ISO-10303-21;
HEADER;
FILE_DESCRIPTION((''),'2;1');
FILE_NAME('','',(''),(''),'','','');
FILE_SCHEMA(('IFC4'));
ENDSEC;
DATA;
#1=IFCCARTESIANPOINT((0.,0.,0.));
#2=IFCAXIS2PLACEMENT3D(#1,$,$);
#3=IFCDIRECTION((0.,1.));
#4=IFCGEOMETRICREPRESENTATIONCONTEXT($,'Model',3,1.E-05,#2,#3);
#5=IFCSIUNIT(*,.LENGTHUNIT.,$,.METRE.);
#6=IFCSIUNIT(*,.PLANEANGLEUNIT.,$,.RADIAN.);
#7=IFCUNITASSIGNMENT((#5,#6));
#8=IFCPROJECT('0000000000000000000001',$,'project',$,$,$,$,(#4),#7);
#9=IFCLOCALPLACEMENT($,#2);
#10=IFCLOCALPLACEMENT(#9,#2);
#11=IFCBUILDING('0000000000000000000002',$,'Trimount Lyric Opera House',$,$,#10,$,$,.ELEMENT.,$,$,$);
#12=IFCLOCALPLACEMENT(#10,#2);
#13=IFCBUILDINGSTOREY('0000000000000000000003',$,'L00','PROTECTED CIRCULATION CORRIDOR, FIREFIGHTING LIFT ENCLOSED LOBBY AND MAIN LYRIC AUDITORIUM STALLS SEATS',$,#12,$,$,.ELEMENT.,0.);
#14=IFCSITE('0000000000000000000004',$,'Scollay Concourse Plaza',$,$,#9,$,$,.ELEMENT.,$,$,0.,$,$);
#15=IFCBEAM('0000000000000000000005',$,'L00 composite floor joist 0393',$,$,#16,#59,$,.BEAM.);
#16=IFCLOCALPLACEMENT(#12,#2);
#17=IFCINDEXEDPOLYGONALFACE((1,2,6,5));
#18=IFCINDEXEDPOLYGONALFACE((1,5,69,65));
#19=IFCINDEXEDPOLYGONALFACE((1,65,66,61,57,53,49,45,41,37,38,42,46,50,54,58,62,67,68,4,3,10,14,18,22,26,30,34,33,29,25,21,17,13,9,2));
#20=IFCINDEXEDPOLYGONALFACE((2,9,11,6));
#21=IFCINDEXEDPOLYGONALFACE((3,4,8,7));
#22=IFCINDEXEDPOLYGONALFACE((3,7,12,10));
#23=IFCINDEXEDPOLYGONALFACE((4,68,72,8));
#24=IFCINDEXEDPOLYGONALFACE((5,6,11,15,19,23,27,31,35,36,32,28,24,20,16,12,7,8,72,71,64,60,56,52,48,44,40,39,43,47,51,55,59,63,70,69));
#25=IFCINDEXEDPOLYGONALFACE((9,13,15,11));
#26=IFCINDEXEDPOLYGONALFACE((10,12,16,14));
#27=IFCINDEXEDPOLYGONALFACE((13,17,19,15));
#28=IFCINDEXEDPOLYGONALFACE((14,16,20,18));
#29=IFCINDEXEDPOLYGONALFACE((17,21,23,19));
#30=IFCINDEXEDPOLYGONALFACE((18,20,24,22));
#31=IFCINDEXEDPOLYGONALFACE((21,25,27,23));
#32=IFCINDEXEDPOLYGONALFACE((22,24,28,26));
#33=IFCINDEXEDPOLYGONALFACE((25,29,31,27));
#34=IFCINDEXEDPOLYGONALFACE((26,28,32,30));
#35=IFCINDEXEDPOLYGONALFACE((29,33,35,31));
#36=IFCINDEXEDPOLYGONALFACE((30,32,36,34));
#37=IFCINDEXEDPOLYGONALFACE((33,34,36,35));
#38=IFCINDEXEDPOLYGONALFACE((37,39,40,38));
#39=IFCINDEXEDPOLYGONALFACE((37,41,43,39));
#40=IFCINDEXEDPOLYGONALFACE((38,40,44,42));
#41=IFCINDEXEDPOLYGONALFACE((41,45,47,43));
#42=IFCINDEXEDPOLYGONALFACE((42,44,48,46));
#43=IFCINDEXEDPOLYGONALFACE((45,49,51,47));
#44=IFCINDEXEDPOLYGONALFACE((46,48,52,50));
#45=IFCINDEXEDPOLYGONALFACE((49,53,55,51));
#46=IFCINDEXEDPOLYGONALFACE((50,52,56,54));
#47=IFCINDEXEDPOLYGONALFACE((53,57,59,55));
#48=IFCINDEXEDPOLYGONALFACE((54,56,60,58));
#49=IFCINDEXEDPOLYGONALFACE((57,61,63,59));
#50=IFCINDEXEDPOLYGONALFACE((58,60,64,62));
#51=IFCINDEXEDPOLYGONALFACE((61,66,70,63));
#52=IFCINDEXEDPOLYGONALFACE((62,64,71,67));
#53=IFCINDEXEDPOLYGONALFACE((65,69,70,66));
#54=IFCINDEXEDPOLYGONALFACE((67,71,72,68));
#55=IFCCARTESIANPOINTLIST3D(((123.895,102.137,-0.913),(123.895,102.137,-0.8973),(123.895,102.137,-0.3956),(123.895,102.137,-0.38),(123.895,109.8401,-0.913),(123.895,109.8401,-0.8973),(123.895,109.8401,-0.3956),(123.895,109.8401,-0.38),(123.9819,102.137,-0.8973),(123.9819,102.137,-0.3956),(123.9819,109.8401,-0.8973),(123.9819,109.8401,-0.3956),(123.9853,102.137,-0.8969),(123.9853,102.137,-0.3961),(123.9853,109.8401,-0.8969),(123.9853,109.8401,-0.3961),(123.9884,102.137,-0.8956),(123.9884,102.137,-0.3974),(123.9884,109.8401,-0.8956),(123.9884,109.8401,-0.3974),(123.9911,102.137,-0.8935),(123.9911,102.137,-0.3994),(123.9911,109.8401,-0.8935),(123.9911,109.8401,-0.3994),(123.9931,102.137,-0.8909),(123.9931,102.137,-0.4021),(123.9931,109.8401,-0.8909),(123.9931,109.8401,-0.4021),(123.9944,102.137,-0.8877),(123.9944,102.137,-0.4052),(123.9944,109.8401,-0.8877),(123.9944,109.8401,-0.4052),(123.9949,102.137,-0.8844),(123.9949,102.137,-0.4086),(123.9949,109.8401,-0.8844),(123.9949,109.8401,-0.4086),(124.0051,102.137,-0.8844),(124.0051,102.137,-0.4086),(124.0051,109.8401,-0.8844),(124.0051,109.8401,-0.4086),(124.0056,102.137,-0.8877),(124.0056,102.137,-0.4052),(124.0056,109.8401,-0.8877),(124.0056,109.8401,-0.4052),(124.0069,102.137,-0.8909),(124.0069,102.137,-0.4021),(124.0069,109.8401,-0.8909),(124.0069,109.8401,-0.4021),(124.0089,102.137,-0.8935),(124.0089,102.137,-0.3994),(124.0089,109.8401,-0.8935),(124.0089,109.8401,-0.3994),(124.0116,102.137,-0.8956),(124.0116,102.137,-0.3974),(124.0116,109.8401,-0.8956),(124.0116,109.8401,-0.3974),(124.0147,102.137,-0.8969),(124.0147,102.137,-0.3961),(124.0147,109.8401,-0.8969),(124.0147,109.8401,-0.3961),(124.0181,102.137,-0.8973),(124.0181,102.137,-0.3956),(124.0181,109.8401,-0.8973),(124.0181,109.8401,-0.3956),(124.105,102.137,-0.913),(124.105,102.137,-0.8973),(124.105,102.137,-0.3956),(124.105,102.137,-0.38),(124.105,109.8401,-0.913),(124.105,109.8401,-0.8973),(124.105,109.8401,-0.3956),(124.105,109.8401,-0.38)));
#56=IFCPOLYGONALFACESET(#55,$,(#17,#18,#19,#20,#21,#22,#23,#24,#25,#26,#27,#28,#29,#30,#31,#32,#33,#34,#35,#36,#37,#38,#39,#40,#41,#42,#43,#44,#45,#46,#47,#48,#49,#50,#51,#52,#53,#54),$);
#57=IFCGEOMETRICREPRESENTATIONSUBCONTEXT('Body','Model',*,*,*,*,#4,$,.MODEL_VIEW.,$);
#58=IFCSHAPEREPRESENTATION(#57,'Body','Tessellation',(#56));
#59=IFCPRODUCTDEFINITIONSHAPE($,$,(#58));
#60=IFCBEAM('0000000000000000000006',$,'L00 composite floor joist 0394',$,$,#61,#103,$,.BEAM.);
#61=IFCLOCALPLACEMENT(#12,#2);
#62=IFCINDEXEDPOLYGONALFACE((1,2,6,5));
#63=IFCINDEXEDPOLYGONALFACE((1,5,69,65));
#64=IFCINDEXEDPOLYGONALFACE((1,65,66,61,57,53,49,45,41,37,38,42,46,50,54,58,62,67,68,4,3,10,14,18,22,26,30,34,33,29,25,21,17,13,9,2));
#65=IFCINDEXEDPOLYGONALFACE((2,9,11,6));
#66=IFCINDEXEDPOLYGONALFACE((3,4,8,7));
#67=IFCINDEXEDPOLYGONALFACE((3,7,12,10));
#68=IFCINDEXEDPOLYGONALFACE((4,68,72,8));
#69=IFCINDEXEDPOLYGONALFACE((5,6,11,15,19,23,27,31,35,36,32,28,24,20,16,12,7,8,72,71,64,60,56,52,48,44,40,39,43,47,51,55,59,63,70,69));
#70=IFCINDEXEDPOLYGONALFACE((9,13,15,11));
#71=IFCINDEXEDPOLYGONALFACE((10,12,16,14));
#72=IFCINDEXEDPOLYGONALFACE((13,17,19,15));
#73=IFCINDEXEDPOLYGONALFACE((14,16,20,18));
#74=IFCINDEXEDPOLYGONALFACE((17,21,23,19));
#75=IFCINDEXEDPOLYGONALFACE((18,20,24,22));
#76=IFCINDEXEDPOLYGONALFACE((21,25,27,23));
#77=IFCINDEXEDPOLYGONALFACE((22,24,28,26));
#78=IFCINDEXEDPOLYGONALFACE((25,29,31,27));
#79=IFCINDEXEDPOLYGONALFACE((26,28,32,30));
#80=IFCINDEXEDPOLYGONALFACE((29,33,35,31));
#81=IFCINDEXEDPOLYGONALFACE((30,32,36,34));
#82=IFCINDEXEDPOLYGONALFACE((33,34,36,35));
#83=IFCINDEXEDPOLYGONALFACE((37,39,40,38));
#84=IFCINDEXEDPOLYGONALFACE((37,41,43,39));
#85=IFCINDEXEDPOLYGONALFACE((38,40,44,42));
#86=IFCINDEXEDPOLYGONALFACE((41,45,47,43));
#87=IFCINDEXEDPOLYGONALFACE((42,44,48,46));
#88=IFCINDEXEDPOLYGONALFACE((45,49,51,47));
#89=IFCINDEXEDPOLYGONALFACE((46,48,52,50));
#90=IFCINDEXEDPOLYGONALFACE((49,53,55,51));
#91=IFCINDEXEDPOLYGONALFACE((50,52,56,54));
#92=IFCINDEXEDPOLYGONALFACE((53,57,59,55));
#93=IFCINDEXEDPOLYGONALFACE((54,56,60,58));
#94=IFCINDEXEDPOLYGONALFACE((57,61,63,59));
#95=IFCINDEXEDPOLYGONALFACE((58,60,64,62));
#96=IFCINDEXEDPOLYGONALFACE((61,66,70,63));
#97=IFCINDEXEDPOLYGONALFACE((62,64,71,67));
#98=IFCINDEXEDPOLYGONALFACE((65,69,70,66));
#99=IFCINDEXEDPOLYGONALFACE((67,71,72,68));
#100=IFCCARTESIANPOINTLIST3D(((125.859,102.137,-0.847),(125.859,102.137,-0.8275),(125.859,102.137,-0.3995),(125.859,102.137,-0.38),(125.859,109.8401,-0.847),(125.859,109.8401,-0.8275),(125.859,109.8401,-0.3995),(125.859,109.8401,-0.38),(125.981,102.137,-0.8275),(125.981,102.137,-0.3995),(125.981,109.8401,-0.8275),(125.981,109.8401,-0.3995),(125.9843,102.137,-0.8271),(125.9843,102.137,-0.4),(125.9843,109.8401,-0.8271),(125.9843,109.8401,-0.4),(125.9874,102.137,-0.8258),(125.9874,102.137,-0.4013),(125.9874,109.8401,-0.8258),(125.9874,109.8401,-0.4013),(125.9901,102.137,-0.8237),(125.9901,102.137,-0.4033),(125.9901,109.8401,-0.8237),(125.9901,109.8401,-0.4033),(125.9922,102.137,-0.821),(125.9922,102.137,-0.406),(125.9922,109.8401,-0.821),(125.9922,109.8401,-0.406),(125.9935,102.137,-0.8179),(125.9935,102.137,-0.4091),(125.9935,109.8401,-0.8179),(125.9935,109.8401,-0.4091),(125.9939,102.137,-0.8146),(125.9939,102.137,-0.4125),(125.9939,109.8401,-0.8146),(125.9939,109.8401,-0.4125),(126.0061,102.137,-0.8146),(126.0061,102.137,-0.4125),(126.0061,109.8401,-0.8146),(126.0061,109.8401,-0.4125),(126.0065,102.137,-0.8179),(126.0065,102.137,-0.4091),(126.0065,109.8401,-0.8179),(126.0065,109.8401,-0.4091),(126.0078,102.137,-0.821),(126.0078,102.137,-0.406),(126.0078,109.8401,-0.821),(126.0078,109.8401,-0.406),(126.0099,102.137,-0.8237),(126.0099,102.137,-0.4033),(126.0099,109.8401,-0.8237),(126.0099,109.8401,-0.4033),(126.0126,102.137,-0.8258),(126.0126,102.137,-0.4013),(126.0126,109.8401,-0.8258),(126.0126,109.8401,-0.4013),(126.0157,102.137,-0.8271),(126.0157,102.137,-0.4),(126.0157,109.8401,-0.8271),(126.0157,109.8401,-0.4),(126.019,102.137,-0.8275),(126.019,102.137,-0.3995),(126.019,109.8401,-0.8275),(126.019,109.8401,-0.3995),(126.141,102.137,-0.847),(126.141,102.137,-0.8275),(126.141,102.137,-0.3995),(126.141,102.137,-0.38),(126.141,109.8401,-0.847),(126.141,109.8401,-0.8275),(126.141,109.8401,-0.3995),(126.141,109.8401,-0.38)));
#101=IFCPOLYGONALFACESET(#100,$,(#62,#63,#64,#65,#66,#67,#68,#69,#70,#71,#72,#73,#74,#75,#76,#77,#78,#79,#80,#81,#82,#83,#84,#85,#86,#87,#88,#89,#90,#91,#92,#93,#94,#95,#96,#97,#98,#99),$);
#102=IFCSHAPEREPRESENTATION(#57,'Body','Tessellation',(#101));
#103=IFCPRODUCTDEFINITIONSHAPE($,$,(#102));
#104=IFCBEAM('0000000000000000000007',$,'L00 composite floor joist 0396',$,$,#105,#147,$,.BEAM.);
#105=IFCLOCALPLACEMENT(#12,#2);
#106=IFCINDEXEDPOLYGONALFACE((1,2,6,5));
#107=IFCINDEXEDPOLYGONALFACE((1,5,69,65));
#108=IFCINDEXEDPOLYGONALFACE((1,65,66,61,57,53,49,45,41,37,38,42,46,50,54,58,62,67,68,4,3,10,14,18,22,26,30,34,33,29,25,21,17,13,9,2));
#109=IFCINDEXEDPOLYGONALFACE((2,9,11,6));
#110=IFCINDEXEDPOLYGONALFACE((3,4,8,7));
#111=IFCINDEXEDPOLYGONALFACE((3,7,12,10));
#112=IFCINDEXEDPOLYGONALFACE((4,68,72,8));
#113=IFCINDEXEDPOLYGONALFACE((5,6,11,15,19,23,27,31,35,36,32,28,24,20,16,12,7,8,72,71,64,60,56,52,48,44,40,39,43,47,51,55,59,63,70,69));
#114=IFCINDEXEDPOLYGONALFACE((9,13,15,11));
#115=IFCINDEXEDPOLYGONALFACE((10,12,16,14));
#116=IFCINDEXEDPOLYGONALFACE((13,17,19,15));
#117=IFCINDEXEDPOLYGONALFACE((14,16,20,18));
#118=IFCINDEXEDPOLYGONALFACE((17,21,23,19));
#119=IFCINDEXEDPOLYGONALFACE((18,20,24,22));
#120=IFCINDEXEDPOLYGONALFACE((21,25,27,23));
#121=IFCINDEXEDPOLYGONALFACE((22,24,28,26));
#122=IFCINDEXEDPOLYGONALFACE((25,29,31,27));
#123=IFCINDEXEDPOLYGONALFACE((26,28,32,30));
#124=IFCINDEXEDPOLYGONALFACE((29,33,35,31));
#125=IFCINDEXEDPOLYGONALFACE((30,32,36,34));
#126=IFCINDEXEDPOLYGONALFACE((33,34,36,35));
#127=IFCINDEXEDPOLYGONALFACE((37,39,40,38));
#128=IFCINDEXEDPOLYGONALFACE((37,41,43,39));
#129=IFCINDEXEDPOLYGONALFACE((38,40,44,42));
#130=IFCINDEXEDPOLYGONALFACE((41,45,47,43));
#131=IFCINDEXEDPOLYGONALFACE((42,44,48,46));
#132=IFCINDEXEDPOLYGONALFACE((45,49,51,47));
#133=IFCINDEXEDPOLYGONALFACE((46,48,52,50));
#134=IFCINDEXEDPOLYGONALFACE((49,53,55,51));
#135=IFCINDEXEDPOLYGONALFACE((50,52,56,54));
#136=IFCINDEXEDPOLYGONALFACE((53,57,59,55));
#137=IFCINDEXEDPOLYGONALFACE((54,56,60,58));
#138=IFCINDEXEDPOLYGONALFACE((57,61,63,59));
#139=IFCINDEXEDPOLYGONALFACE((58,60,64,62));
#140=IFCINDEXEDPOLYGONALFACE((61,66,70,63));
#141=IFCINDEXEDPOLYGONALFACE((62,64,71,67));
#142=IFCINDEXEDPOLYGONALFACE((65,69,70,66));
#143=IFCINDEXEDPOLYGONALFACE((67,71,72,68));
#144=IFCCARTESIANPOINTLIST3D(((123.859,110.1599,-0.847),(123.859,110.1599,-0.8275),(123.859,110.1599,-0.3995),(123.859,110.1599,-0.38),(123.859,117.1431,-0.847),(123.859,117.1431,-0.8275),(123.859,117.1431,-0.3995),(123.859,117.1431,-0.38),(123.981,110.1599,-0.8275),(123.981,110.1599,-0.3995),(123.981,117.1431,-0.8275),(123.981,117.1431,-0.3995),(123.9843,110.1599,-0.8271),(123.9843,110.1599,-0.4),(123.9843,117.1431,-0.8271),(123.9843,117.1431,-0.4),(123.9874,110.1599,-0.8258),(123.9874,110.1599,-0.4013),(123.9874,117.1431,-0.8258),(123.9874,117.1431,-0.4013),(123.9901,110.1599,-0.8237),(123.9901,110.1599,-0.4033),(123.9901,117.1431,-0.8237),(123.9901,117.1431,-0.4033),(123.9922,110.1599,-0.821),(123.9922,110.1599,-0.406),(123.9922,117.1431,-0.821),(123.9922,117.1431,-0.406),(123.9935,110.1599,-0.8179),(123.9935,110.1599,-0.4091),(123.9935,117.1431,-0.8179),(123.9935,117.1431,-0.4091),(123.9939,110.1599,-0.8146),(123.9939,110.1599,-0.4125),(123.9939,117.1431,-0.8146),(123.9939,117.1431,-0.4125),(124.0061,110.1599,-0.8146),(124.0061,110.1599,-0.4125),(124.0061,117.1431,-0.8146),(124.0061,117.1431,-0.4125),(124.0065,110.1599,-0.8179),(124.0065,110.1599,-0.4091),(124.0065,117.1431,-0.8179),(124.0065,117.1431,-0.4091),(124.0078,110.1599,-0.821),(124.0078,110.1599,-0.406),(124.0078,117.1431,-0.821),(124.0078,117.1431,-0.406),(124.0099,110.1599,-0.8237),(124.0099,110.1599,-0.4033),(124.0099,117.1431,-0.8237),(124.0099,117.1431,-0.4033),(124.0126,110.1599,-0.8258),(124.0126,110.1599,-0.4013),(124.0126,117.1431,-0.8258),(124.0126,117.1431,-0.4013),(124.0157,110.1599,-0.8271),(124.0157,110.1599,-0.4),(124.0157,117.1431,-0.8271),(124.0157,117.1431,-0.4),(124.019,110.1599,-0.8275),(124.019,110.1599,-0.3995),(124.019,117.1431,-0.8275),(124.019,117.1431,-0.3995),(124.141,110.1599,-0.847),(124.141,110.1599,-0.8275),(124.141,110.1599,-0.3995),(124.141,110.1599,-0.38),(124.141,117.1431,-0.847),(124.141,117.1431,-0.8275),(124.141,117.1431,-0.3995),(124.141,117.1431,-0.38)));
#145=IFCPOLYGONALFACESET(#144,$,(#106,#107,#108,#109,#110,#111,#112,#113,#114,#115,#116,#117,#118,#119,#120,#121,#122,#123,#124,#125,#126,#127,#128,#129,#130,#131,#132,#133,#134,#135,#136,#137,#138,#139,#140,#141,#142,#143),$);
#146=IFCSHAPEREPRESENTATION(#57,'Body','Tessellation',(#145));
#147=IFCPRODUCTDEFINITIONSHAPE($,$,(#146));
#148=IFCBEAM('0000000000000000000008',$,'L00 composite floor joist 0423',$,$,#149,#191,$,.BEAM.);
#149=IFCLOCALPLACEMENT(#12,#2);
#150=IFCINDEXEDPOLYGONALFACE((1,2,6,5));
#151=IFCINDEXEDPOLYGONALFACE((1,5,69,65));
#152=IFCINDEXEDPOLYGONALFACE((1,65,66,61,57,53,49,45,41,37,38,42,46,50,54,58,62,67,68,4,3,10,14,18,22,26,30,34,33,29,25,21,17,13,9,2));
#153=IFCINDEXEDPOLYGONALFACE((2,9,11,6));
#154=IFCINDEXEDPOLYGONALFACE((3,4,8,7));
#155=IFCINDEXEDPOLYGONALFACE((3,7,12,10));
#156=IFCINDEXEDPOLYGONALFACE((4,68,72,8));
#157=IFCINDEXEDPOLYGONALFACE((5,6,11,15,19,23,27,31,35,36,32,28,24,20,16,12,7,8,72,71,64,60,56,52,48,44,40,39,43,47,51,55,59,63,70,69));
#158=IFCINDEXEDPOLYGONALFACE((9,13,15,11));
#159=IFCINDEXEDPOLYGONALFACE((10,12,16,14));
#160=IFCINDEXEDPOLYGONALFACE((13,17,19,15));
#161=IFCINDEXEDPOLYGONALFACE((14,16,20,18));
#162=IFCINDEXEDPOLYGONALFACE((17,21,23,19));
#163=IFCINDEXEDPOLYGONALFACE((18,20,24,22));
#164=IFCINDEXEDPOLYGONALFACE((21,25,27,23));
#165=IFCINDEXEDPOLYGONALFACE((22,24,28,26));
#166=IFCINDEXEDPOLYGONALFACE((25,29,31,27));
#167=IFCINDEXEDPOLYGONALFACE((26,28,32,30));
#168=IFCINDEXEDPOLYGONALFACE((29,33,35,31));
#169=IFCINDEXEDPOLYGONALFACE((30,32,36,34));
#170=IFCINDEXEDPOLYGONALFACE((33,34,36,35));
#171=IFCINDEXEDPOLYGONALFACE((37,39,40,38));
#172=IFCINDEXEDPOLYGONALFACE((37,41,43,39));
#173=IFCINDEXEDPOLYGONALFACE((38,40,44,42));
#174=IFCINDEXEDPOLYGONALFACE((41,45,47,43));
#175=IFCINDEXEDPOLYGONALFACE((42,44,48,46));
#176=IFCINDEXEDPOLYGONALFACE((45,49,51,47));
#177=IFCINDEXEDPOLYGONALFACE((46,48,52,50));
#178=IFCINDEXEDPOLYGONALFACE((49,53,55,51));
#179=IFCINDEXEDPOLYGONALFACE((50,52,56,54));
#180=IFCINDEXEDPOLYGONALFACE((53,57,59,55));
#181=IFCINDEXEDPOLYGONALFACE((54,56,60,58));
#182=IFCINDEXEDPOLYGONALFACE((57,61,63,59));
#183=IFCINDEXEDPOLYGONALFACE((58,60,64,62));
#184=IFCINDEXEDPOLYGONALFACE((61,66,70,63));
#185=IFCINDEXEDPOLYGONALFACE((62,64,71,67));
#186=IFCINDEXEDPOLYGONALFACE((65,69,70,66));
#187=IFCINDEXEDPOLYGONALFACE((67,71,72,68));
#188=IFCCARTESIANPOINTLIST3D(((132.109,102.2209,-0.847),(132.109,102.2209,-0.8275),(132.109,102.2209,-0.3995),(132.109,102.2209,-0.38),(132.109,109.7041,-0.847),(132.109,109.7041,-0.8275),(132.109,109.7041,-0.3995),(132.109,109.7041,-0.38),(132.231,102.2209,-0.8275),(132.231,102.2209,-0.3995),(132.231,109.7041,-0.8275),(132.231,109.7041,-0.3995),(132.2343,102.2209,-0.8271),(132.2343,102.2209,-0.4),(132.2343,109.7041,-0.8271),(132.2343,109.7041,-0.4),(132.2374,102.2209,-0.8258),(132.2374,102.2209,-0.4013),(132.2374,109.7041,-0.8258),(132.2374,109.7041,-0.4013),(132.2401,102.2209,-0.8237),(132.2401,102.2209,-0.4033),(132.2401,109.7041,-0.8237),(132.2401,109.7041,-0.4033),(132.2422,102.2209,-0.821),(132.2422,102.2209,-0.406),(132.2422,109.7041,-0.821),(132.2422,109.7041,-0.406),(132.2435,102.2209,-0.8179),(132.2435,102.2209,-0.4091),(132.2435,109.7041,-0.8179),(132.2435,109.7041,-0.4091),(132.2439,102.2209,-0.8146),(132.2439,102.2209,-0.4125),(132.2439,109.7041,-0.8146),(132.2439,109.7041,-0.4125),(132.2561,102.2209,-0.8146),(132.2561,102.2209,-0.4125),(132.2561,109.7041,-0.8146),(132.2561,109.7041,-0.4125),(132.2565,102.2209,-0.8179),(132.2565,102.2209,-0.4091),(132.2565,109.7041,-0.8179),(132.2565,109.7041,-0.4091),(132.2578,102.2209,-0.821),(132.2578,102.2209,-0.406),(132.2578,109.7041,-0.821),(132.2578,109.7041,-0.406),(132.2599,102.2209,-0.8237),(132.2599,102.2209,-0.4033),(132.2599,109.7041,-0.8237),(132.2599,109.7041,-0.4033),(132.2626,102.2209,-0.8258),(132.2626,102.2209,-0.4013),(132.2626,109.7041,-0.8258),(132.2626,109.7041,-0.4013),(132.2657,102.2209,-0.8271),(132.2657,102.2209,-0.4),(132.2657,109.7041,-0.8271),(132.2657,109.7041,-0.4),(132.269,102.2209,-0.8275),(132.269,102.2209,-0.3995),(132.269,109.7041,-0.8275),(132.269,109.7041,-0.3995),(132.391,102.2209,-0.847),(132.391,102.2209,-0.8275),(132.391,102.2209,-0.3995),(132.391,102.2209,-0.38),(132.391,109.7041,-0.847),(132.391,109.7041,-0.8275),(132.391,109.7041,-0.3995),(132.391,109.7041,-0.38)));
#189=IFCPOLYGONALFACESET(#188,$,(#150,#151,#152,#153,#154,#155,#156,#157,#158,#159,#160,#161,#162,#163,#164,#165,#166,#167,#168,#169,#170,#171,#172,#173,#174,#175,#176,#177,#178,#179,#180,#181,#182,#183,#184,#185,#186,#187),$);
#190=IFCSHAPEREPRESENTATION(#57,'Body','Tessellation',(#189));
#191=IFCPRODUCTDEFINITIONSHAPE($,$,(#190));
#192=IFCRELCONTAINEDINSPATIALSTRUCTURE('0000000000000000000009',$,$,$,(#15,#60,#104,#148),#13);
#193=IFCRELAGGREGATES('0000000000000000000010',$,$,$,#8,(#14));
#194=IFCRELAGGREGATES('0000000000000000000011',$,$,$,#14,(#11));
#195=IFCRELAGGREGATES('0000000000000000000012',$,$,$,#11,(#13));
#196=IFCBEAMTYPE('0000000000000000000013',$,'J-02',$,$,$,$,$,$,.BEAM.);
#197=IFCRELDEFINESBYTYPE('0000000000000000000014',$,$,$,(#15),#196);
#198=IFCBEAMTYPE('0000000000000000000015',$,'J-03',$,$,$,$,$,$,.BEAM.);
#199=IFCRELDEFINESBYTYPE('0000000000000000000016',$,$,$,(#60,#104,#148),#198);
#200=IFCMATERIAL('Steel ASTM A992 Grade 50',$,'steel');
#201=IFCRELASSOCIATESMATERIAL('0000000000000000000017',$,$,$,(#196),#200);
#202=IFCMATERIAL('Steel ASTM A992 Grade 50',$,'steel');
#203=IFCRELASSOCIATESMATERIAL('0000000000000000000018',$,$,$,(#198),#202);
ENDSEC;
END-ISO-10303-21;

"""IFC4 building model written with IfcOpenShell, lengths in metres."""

from ifc_helpers import new_model, si_unit, direction, frame, origin, origin_2d, place, context, subcontext, project, spatial, i_section, extrude, material, material_profile, profile_set, type_object, element, save


model = new_model("IFC4")

# Units and contexts
model_context = context("Model", 3, precision=1e-05, world=origin(), true_north=direction((0.0, 1.0)))
body_context = subcontext(model_context, "Body", "Model", "MODEL_VIEW")
ifc_project = project(units=[si_unit("LENGTHUNIT", "METRE"), si_unit("PLANEANGLEUNIT", "RADIAN")], contexts=[model_context])

# Site, building, storey
site_placement = place(None, origin())
site = spatial("IfcSite", under=ifc_project, at=site_placement, Name="Scollay Concourse Plaza", CompositionType="ELEMENT", RefElevation=0.0)
building_placement = place(site_placement, origin())
building = spatial("IfcBuilding", under=site, at=building_placement, Name="Trimount Lyric Opera House", CompositionType="ELEMENT")
storey_placement = place(building_placement, origin())
storey = spatial("IfcBuildingStorey", under=building, at=storey_placement, Name="L00", Description="PROTECTED CIRCULATION CORRIDOR, FIREFIGHTING LIFT ENCLOSED LOBBY AND MAIN LYRIC AUDITORIUM STALLS SEATS", CompositionType="ELEMENT", Elevation=0.0)

# Beams
ifc_material_1 = material(Name="Steel ASTM A992 Grade 50", Category="steel")
ifc_material_profile_1 = material_profile(ifc_material_1, i_section(OverallWidth=0.21, OverallDepth=0.533, WebThickness=0.0103, FlangeThickness=0.0156, FilletRadius=0.0129, at=origin_2d()), Name="W21X62")
ifc_profile_set_1 = profile_set([ifc_material_profile_1], Name="Steel ASTM A992 Grade 50")
beam_type_1 = type_object("IfcBeamType", Name="J-02", PredefinedType="BEAM", material=ifc_profile_set_1)
beam_1_placement = place(storey_placement, frame((124.0, 102.137, -0.6465), z_axis=(0.0, 1.0, 0.0), x_axis=(-1.0, 0.0, 0.0)))
element("IfcBeam", 1, at=beam_1_placement, inside=storey, type_object=beam_type_1, Name="L00 composite floor joist 0393", PredefinedType="BEAM", context=body_context, shape_type="SweptSolid", body=[
    extrude(i_section(OverallWidth=0.21, OverallDepth=0.533, WebThickness=0.0103, FlangeThickness=0.0156, FilletRadius=0.0129, at=origin_2d()), origin(), (0.0, 0.0, 1.0), 7.7031),
])
ifc_material_2 = material(Name="Steel ASTM A992 Grade 50", Category="steel")
ifc_material_profile_2 = material_profile(ifc_material_2, i_section(OverallWidth=0.282, OverallDepth=0.467, WebThickness=0.0122, FlangeThickness=0.0195, FilletRadius=0.0129, at=origin_2d()), Name="W18X86")
ifc_profile_set_2 = profile_set([ifc_material_profile_2], Name="Steel ASTM A992 Grade 50")
beam_type_2 = type_object("IfcBeamType", Name="J-03", PredefinedType="BEAM", material=ifc_profile_set_2)
beam_2_placement = place(storey_placement, frame((126.0, 102.137, -0.6135), z_axis=(0.0, 1.0, 0.0), x_axis=(-1.0, 0.0, 0.0)))
element("IfcBeam", 2, at=beam_2_placement, inside=storey, type_object=beam_type_2, Name="L00 composite floor joist 0394", PredefinedType="BEAM", context=body_context, shape_type="SweptSolid", body=[
    extrude(i_section(OverallWidth=0.282, OverallDepth=0.467, WebThickness=0.0122, FlangeThickness=0.0195, FilletRadius=0.0129, at=origin_2d()), origin(), (0.0, 0.0, 1.0), 7.7031),
])
beam_3_placement = place(storey_placement, frame((124.0, 110.1599, -0.6135), z_axis=(0.0, 1.0, 0.0), x_axis=(-1.0, 0.0, 0.0)))
element("IfcBeam", 3, at=beam_3_placement, inside=storey, type_object=beam_type_2, Name="L00 composite floor joist 0396", PredefinedType="BEAM", context=body_context, shape_type="SweptSolid", body=[
    extrude(i_section(OverallWidth=0.282, OverallDepth=0.467, WebThickness=0.0122, FlangeThickness=0.0195, FilletRadius=0.0129, at=origin_2d()), origin(), (0.0, 0.0, 1.0), 6.9832),
])
beam_4_placement = place(storey_placement, frame((132.25, 102.2209, -0.6135), z_axis=(0.0, 1.0, 0.0), x_axis=(-1.0, 0.0, 0.0)))
element("IfcBeam", 4, at=beam_4_placement, inside=storey, type_object=beam_type_2, Name="L00 composite floor joist 0423", PredefinedType="BEAM", context=body_context, shape_type="SweptSolid", body=[
    extrude(i_section(OverallWidth=0.282, OverallDepth=0.467, WebThickness=0.0122, FlangeThickness=0.0195, FilletRadius=0.0129, at=origin_2d()), origin(), (0.0, 0.0, 1.0), 7.4832),
])

save(model, "model.ifc")
